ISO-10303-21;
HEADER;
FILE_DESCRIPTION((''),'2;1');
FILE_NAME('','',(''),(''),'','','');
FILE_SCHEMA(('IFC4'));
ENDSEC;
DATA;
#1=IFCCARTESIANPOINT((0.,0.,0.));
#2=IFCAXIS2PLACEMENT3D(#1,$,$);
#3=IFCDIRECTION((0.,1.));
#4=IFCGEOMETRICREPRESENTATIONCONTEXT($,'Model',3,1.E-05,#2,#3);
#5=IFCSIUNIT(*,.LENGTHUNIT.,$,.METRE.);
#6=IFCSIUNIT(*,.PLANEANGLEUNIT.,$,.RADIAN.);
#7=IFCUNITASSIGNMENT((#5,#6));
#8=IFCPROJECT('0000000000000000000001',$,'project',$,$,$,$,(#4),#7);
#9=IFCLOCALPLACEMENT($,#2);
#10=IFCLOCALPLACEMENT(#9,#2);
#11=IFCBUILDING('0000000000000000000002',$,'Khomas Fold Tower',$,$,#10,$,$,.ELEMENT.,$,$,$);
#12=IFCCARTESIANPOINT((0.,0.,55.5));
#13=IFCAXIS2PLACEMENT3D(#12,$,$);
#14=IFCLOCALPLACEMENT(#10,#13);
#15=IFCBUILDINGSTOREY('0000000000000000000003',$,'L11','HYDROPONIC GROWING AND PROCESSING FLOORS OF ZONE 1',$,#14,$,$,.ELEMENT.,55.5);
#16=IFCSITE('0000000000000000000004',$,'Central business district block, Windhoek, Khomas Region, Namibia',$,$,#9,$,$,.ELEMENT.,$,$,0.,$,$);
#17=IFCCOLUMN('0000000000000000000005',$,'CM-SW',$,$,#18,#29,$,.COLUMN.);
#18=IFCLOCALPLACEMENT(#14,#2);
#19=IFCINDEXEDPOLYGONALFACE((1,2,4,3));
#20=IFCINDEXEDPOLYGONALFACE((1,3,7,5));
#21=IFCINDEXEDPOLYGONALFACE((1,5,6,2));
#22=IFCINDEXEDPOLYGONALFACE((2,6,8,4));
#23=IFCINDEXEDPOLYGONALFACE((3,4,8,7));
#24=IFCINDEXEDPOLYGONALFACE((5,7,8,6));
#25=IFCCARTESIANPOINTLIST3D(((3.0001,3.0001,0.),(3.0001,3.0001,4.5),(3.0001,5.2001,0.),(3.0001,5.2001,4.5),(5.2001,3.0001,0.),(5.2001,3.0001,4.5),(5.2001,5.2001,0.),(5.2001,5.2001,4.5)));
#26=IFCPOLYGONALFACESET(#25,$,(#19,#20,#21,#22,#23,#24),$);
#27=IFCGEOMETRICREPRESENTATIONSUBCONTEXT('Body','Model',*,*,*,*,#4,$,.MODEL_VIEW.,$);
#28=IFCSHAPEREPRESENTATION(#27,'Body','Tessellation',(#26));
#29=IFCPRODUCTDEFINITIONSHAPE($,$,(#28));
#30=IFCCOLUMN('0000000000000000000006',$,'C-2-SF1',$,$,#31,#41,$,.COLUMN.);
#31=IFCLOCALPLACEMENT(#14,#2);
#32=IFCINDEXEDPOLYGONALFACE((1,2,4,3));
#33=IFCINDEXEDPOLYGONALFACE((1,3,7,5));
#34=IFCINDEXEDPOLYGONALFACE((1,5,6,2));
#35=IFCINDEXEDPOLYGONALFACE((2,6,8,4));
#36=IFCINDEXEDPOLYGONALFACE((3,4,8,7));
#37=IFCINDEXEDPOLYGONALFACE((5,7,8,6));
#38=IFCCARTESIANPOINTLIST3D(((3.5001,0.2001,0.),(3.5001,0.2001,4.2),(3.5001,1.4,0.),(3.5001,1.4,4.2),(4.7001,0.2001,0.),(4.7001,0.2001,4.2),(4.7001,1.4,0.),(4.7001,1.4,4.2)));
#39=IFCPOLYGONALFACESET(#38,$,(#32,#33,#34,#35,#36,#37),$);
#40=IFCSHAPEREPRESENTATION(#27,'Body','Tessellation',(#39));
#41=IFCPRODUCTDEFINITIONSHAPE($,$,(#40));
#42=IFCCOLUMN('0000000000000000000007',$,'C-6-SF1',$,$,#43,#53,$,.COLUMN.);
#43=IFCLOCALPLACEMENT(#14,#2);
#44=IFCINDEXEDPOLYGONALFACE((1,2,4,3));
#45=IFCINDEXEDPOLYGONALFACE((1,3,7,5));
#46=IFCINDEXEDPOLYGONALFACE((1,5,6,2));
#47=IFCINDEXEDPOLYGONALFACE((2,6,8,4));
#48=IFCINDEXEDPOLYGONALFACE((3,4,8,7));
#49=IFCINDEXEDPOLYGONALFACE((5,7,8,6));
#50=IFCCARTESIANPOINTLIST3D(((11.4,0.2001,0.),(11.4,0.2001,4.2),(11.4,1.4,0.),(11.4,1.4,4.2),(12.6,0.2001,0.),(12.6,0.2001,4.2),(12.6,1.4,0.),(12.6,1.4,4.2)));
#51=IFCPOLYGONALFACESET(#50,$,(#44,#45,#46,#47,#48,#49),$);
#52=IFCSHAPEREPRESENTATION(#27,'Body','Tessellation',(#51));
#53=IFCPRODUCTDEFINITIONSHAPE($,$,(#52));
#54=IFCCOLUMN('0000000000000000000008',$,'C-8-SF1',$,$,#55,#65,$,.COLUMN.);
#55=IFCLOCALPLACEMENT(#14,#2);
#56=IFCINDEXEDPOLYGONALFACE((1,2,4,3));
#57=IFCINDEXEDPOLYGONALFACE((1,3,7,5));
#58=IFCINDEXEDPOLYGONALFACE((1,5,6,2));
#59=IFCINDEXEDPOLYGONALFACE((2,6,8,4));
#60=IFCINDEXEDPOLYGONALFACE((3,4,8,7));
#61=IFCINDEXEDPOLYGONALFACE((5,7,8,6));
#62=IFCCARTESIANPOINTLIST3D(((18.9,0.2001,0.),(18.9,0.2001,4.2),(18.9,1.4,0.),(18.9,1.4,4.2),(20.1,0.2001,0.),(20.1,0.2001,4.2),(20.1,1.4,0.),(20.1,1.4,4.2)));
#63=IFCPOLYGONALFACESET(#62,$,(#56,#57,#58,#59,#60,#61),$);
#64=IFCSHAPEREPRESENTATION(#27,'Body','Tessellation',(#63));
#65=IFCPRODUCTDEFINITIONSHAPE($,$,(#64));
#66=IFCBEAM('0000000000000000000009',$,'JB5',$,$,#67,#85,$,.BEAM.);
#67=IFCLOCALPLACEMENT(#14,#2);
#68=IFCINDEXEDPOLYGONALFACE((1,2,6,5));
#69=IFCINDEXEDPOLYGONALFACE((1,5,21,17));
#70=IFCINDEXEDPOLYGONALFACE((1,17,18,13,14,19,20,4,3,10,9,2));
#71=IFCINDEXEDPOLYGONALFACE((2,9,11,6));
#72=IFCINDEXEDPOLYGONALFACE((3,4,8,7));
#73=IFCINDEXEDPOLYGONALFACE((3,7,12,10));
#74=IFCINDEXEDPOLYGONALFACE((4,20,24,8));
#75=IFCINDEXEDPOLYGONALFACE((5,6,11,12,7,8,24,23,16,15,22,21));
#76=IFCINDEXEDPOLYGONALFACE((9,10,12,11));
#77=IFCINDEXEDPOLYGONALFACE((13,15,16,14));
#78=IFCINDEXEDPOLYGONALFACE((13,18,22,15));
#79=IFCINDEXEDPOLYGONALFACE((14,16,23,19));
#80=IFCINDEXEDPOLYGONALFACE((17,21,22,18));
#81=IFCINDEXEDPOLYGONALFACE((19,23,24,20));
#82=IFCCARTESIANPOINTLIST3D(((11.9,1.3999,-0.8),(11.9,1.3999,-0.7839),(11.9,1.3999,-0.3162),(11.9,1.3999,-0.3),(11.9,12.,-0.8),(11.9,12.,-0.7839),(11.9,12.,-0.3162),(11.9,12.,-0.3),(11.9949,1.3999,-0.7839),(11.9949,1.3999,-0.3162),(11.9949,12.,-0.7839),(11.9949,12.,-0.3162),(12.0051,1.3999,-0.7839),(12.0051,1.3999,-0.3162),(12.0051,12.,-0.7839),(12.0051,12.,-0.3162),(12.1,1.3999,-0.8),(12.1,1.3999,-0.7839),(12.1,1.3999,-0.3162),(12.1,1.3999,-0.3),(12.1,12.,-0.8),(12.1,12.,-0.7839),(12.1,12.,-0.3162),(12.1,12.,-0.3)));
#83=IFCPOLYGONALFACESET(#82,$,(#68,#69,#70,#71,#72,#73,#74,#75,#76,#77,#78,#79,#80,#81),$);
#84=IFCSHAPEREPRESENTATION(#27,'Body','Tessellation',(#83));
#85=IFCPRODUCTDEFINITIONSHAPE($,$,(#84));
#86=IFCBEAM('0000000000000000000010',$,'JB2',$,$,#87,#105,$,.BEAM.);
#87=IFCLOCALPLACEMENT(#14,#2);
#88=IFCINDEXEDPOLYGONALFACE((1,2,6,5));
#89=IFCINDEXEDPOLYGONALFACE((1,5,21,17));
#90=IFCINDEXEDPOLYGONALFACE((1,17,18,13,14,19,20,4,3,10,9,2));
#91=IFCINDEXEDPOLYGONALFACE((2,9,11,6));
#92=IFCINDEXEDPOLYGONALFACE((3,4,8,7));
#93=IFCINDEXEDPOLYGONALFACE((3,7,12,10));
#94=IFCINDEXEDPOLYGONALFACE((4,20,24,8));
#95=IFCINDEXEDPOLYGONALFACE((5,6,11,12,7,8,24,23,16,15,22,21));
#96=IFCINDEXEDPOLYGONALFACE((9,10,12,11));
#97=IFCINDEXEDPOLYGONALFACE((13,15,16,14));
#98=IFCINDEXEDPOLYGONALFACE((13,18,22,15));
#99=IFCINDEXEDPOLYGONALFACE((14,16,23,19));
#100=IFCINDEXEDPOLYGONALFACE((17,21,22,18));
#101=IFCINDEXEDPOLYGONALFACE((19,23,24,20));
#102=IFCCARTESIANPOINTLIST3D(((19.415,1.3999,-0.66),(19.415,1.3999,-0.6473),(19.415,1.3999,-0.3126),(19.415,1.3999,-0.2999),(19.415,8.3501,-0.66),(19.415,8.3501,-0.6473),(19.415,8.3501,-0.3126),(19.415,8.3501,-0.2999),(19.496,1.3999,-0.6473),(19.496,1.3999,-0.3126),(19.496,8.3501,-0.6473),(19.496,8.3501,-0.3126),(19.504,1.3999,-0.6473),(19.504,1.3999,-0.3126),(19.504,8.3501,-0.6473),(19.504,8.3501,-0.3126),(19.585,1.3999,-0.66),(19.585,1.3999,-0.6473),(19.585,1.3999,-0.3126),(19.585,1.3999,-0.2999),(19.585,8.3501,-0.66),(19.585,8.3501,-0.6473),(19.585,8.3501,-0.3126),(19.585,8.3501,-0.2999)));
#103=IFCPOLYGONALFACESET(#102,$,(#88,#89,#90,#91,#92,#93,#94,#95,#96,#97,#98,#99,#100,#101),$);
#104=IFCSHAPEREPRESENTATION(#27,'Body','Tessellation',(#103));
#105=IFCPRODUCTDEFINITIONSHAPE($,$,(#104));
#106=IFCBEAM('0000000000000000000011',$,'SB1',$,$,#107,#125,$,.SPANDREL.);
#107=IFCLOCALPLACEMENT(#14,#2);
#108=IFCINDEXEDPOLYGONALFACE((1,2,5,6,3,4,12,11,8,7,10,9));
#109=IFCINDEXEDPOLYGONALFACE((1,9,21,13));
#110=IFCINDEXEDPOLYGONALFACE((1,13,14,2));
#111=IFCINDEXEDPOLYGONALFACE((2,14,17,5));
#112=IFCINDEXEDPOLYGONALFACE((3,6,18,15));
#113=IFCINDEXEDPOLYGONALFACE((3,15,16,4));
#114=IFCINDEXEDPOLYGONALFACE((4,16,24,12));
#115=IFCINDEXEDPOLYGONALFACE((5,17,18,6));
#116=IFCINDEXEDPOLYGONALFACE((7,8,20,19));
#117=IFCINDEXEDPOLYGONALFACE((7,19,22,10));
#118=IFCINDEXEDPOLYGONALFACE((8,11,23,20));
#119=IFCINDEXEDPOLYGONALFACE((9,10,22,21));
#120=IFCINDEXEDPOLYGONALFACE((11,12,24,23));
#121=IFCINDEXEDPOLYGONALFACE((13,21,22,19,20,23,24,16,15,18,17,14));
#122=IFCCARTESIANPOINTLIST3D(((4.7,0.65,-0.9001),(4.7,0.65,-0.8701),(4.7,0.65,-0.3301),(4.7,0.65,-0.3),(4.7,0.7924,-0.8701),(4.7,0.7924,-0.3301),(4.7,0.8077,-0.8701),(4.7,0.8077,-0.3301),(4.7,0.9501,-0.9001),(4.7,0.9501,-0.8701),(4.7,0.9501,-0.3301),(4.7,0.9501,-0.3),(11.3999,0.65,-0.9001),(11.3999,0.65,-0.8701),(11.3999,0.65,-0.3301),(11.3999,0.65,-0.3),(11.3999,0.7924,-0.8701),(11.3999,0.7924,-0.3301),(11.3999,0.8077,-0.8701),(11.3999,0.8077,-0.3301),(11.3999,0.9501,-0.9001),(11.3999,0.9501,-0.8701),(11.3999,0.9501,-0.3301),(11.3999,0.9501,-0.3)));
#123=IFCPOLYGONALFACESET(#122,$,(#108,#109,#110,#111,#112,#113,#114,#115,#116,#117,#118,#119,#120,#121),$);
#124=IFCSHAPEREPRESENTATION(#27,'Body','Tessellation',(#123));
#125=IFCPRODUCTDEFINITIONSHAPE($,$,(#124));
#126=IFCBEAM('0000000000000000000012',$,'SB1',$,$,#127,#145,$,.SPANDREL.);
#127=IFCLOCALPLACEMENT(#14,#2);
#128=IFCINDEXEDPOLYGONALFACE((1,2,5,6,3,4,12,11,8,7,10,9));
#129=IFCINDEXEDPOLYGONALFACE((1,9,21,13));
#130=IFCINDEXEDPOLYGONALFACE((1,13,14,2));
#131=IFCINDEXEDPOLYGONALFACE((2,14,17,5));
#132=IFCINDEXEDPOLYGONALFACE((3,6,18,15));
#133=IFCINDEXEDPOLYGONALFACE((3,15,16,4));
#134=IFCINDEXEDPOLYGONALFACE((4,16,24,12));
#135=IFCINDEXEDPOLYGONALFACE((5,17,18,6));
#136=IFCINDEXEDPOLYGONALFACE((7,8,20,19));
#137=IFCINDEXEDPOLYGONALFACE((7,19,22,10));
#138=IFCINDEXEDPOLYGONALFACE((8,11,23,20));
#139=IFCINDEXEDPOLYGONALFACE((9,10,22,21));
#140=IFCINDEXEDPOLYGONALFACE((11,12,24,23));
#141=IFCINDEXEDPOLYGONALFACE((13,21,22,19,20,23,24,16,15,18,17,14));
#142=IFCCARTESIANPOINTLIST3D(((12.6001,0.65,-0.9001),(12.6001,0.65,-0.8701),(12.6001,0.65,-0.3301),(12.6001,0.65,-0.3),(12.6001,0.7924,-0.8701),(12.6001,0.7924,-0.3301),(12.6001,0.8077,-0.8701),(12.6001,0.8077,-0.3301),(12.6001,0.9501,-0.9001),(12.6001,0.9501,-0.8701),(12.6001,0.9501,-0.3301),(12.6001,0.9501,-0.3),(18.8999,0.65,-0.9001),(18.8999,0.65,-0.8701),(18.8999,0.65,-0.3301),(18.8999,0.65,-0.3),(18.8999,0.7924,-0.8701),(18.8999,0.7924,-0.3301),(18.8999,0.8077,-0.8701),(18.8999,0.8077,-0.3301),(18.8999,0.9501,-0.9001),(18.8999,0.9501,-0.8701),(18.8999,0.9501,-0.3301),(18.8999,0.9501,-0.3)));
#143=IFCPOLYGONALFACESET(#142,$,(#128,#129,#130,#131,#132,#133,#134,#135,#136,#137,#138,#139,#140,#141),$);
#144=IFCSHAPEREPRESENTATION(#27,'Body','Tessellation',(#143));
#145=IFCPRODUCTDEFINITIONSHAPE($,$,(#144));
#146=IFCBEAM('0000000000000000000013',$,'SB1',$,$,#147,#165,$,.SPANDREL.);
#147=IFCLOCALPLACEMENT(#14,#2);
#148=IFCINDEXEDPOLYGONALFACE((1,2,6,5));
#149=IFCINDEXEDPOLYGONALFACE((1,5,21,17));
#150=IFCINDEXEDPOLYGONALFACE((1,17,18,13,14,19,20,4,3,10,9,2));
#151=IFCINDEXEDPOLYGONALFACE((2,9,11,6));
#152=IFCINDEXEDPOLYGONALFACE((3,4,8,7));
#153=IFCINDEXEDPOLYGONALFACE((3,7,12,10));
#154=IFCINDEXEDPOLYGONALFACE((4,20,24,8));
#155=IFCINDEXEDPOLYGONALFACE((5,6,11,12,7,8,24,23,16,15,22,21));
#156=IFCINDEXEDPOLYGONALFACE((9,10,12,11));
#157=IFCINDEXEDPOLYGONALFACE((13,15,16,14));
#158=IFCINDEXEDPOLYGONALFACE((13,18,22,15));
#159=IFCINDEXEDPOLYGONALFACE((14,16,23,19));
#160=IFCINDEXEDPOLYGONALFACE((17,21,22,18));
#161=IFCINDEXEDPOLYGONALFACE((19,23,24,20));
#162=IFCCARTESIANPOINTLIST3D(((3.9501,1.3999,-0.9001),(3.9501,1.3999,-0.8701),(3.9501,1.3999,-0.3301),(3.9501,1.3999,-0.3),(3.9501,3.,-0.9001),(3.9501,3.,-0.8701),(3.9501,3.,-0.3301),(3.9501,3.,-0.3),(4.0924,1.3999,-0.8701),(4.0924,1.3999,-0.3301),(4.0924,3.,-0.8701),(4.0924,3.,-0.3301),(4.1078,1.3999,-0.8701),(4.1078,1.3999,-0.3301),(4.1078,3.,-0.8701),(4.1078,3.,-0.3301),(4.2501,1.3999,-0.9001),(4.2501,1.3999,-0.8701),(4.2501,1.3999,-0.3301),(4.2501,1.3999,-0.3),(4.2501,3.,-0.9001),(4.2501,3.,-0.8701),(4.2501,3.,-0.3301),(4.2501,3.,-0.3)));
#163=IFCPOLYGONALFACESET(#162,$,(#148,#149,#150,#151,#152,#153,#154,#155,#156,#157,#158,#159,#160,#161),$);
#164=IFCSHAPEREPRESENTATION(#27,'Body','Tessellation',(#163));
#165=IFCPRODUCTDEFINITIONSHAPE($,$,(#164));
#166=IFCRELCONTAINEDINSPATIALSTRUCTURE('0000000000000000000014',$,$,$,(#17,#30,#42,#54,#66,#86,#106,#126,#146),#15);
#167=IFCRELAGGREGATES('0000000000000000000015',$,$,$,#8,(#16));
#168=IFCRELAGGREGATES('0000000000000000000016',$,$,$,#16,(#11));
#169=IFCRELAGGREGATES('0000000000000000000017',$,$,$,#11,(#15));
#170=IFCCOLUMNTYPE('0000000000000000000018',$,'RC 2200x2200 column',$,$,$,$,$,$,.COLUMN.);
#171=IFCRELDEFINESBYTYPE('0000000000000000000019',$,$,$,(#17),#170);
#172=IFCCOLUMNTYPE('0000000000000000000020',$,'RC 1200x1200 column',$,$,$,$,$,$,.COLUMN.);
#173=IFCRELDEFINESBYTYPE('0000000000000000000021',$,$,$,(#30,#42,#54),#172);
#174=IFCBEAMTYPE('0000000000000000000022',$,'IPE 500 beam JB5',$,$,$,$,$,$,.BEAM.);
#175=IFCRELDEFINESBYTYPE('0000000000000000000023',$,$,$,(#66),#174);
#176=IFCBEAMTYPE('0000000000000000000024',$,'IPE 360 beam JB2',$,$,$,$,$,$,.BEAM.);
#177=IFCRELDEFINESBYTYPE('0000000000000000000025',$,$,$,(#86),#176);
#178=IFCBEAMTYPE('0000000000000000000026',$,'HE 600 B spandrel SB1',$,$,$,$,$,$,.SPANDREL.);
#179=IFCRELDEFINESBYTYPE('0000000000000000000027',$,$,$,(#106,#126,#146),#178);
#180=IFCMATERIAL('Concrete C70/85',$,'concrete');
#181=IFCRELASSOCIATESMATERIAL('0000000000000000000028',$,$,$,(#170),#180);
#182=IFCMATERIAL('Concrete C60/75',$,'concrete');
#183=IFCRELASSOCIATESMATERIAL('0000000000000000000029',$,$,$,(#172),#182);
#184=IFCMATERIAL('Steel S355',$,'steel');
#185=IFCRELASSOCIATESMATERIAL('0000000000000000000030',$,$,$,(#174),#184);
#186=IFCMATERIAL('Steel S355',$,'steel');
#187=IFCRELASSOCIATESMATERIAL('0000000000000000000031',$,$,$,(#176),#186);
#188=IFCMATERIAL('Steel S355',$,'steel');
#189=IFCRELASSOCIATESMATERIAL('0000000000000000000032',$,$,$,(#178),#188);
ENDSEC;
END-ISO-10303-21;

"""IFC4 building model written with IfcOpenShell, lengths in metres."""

from ifc_helpers import new_model, si_unit, direction, frame, origin, origin_2d, place, context, subcontext, project, spatial, rectangle, i_section, extrude, source, transform, mapped, material, material_profile, profile_set, type_object, element, save


model = new_model("IFC4")

# Units and contexts
model_context = context("Model", 3, precision=1e-05, world=origin(), true_north=direction((0.0, 1.0)))
body_context = subcontext(model_context, "Body", "Model", "MODEL_VIEW")
ifc_project = project(units=[si_unit("LENGTHUNIT", "METRE"), si_unit("PLANEANGLEUNIT", "RADIAN")], contexts=[model_context])

# Site, building, storey
site_placement = place(None, origin())
site = spatial("IfcSite", under=ifc_project, at=site_placement, Name="Central business district block, Windhoek, Khomas Region, Namibia", CompositionType="ELEMENT", RefElevation=0.0)
building_placement = place(site_placement, origin())
building = spatial("IfcBuilding", under=site, at=building_placement, Name="Khomas Fold Tower", CompositionType="ELEMENT")
storey_placement = place(building_placement, frame((0.0, 0.0, 55.5)))
storey = spatial("IfcBuildingStorey", under=building, at=storey_placement, Name="L11", Description="HYDROPONIC GROWING AND PROCESSING FLOORS OF ZONE 1", CompositionType="ELEMENT", Elevation=55.5)

# Columns
ifc_material_1 = material(Name="Concrete C70/85", Category="concrete")
ifc_material_profile_1 = material_profile(ifc_material_1, rectangle(XDim=2.2, YDim=2.2, at=origin_2d()), Name="RC 2200x2200")
ifc_profile_set_1 = profile_set([ifc_material_profile_1], Name="Concrete C70/85")
column_type_1 = type_object("IfcColumnType", Name="RC 2200x2200 column", PredefinedType="COLUMN", material=ifc_profile_set_1)
shared_shape_1 = source(origin(), body_context, "Body", "SweptSolid", [
    extrude(rectangle(XDim=2.2, YDim=2.2, at=origin_2d()), origin(), (0.0, 0.0, 1.0), 4.5),
])
column_placement = place(storey_placement, frame((4.1001, 4.1001, 0.0), z_axis=(0.0, 0.0, 1.0), x_axis=(1.0, 0.0, 0.0)))
element("IfcColumn", 1, at=column_placement, inside=storey, type_object=column_type_1, Name="CM-SW", PredefinedType="COLUMN", context=body_context, shape_type="MappedRepresentation", body=[
    mapped(shared_shape_1, transform((0.0, 0.0, 0.0))),
])
ifc_material_2 = material(Name="Concrete C60/75", Category="concrete")
ifc_material_profile_2 = material_profile(ifc_material_2, rectangle(XDim=1.2, YDim=1.2, at=origin_2d()), Name="RC 1200x1200")
ifc_profile_set_2 = profile_set([ifc_material_profile_2], Name="Concrete C60/75")
column_type_2 = type_object("IfcColumnType", Name="RC 1200x1200 column", PredefinedType="COLUMN", material=ifc_profile_set_2)
shared_shape_2 = source(origin(), body_context, "Body", "SweptSolid", [
    extrude(rectangle(XDim=1.2, YDim=1.2, at=origin_2d()), origin(), (0.0, 0.0, 1.0), 4.2),
])
for number, where, z_axis, x_axis, name in (
    (2, (4.1001, 0.8, 0.0), (0.0, 0.0, 1.0), (1.0, 0.0, 0.0), "C-2-SF1"),
    (3, (12.0, 0.8, 0.0), (0.0, 0.0, 1.0), (1.0, 0.0, 0.0), "C-6-SF1"),
    (4, (19.5, 0.8, 0.0), (0.0, 0.0, 1.0), (1.0, 0.0, 0.0), "C-8-SF1"),
):
    element("IfcColumn", number, at=place(storey_placement, frame(where, z_axis=z_axis, x_axis=x_axis)), inside=storey, type_object=column_type_2, Name=name, PredefinedType="COLUMN", context=body_context, shape_type="MappedRepresentation", body=[
        mapped(shared_shape_2, transform((0.0, 0.0, 0.0))),
    ])

# Beams
ifc_material_3 = material(Name="Steel S355", Category="steel")
ifc_material_profile_3 = material_profile(ifc_material_3, i_section(OverallWidth=0.2, OverallDepth=0.5, WebThickness=0.0103, FlangeThickness=0.0161, at=origin_2d()), Name="IPE 500")
ifc_profile_set_3 = profile_set([ifc_material_profile_3], Name="Steel S355")
beam_type_1 = type_object("IfcBeamType", Name="IPE 500 beam JB5", PredefinedType="BEAM", material=ifc_profile_set_3)
shared_shape_3 = source(origin(), body_context, "Body", "SweptSolid", [
    extrude(i_section(OverallWidth=0.2, OverallDepth=0.5, WebThickness=0.0103, FlangeThickness=0.0161, at=origin_2d()), origin(), (0.0, 0.0, 1.0), 10.6001),
])
beam_1_placement = place(storey_placement, frame((12.0, 1.3999, -0.55), z_axis=(0.0, 1.0, 0.0), x_axis=(-1.0, 0.0, 0.0)))
element("IfcBeam", 5, at=beam_1_placement, inside=storey, type_object=beam_type_1, Name="JB5", PredefinedType="BEAM", context=body_context, shape_type="MappedRepresentation", body=[
    mapped(shared_shape_3, transform((0.0, 0.0, 0.0))),
])
ifc_material_4 = material(Name="Steel S355", Category="steel")
ifc_material_profile_4 = material_profile(ifc_material_4, i_section(OverallWidth=0.1699, OverallDepth=0.3601, WebThickness=0.0081, FlangeThickness=0.0127, at=origin_2d()), Name="IPE 360")
ifc_profile_set_4 = profile_set([ifc_material_profile_4], Name="Steel S355")
beam_type_2 = type_object("IfcBeamType", Name="IPE 360 beam JB2", PredefinedType="BEAM", material=ifc_profile_set_4)
shared_shape_4 = source(origin(), body_context, "Body", "SweptSolid", [
    extrude(i_section(OverallWidth=0.1699, OverallDepth=0.3601, WebThickness=0.0081, FlangeThickness=0.0127, at=origin_2d()), origin(), (0.0, 0.0, 1.0), 6.9502),
])
beam_2_placement = place(storey_placement, frame((19.5, 1.3999, -0.48), z_axis=(0.0, 1.0, 0.0), x_axis=(-1.0, 0.0, 0.0)))
element("IfcBeam", 6, at=beam_2_placement, inside=storey, type_object=beam_type_2, Name="JB2", PredefinedType="BEAM", context=body_context, shape_type="MappedRepresentation", body=[
    mapped(shared_shape_4, transform((0.0, 0.0, 0.0))),
])
ifc_material_5 = material(Name="Steel S355", Category="steel")
ifc_material_profile_5 = material_profile(ifc_material_5, i_section(OverallWidth=0.3, OverallDepth=0.6001, WebThickness=0.0154, FlangeThickness=0.03, at=origin_2d()), Name="HE 600 B")
ifc_profile_set_5 = profile_set([ifc_material_profile_5], Name="Steel S355")
beam_type_3 = type_object("IfcBeamType", Name="HE 600 B spandrel SB1", PredefinedType="SPANDREL", material=ifc_profile_set_5)
shared_shape_5 = source(origin(), body_context, "Body", "SweptSolid", [
    extrude(i_section(OverallWidth=0.3, OverallDepth=0.6001, WebThickness=0.0154, FlangeThickness=0.03, at=origin_2d()), origin(), (0.0, 0.0, 1.0), 6.7),
])
beam_3_placement = place(storey_placement, frame((4.7, 0.8, -0.6001), z_axis=(1.0, 0.0, 0.0), x_axis=(0.0, 1.0, 0.0)))
element("IfcBeam", 7, at=beam_3_placement, inside=storey, type_object=beam_type_3, Name="SB1", PredefinedType="SPANDREL", context=body_context, shape_type="MappedRepresentation", body=[
    mapped(shared_shape_5, transform((0.0, 0.0, 0.0))),
])
shared_shape_6 = source(origin(), body_context, "Body", "SweptSolid", [
    extrude(i_section(OverallWidth=0.3, OverallDepth=0.6001, WebThickness=0.0154, FlangeThickness=0.03, at=origin_2d()), origin(), (0.0, 0.0, 1.0), 6.2998),
])
beam_4_placement = place(storey_placement, frame((12.6001, 0.8, -0.6001), z_axis=(1.0, 0.0, 0.0), x_axis=(0.0, 1.0, 0.0)))
element("IfcBeam", 8, at=beam_4_placement, inside=storey, type_object=beam_type_3, Name="SB1", PredefinedType="SPANDREL", context=body_context, shape_type="MappedRepresentation", body=[
    mapped(shared_shape_6, transform((0.0, 0.0, 0.0))),
])
shared_shape_7 = source(origin(), body_context, "Body", "SweptSolid", [
    extrude(i_section(OverallWidth=0.3, OverallDepth=0.6001, WebThickness=0.0154, FlangeThickness=0.03, at=origin_2d()), origin(), (0.0, 0.0, 1.0), 1.6001),
])
beam_5_placement = place(storey_placement, frame((4.1001, 1.3999, -0.6001), z_axis=(0.0, 1.0, 0.0), x_axis=(-1.0, 0.0, 0.0)))
element("IfcBeam", 9, at=beam_5_placement, inside=storey, type_object=beam_type_3, Name="SB1", PredefinedType="SPANDREL", context=body_context, shape_type="MappedRepresentation", body=[
    mapped(shared_shape_7, transform((0.0, 0.0, 0.0))),
])

save(model, "model.ifc")
